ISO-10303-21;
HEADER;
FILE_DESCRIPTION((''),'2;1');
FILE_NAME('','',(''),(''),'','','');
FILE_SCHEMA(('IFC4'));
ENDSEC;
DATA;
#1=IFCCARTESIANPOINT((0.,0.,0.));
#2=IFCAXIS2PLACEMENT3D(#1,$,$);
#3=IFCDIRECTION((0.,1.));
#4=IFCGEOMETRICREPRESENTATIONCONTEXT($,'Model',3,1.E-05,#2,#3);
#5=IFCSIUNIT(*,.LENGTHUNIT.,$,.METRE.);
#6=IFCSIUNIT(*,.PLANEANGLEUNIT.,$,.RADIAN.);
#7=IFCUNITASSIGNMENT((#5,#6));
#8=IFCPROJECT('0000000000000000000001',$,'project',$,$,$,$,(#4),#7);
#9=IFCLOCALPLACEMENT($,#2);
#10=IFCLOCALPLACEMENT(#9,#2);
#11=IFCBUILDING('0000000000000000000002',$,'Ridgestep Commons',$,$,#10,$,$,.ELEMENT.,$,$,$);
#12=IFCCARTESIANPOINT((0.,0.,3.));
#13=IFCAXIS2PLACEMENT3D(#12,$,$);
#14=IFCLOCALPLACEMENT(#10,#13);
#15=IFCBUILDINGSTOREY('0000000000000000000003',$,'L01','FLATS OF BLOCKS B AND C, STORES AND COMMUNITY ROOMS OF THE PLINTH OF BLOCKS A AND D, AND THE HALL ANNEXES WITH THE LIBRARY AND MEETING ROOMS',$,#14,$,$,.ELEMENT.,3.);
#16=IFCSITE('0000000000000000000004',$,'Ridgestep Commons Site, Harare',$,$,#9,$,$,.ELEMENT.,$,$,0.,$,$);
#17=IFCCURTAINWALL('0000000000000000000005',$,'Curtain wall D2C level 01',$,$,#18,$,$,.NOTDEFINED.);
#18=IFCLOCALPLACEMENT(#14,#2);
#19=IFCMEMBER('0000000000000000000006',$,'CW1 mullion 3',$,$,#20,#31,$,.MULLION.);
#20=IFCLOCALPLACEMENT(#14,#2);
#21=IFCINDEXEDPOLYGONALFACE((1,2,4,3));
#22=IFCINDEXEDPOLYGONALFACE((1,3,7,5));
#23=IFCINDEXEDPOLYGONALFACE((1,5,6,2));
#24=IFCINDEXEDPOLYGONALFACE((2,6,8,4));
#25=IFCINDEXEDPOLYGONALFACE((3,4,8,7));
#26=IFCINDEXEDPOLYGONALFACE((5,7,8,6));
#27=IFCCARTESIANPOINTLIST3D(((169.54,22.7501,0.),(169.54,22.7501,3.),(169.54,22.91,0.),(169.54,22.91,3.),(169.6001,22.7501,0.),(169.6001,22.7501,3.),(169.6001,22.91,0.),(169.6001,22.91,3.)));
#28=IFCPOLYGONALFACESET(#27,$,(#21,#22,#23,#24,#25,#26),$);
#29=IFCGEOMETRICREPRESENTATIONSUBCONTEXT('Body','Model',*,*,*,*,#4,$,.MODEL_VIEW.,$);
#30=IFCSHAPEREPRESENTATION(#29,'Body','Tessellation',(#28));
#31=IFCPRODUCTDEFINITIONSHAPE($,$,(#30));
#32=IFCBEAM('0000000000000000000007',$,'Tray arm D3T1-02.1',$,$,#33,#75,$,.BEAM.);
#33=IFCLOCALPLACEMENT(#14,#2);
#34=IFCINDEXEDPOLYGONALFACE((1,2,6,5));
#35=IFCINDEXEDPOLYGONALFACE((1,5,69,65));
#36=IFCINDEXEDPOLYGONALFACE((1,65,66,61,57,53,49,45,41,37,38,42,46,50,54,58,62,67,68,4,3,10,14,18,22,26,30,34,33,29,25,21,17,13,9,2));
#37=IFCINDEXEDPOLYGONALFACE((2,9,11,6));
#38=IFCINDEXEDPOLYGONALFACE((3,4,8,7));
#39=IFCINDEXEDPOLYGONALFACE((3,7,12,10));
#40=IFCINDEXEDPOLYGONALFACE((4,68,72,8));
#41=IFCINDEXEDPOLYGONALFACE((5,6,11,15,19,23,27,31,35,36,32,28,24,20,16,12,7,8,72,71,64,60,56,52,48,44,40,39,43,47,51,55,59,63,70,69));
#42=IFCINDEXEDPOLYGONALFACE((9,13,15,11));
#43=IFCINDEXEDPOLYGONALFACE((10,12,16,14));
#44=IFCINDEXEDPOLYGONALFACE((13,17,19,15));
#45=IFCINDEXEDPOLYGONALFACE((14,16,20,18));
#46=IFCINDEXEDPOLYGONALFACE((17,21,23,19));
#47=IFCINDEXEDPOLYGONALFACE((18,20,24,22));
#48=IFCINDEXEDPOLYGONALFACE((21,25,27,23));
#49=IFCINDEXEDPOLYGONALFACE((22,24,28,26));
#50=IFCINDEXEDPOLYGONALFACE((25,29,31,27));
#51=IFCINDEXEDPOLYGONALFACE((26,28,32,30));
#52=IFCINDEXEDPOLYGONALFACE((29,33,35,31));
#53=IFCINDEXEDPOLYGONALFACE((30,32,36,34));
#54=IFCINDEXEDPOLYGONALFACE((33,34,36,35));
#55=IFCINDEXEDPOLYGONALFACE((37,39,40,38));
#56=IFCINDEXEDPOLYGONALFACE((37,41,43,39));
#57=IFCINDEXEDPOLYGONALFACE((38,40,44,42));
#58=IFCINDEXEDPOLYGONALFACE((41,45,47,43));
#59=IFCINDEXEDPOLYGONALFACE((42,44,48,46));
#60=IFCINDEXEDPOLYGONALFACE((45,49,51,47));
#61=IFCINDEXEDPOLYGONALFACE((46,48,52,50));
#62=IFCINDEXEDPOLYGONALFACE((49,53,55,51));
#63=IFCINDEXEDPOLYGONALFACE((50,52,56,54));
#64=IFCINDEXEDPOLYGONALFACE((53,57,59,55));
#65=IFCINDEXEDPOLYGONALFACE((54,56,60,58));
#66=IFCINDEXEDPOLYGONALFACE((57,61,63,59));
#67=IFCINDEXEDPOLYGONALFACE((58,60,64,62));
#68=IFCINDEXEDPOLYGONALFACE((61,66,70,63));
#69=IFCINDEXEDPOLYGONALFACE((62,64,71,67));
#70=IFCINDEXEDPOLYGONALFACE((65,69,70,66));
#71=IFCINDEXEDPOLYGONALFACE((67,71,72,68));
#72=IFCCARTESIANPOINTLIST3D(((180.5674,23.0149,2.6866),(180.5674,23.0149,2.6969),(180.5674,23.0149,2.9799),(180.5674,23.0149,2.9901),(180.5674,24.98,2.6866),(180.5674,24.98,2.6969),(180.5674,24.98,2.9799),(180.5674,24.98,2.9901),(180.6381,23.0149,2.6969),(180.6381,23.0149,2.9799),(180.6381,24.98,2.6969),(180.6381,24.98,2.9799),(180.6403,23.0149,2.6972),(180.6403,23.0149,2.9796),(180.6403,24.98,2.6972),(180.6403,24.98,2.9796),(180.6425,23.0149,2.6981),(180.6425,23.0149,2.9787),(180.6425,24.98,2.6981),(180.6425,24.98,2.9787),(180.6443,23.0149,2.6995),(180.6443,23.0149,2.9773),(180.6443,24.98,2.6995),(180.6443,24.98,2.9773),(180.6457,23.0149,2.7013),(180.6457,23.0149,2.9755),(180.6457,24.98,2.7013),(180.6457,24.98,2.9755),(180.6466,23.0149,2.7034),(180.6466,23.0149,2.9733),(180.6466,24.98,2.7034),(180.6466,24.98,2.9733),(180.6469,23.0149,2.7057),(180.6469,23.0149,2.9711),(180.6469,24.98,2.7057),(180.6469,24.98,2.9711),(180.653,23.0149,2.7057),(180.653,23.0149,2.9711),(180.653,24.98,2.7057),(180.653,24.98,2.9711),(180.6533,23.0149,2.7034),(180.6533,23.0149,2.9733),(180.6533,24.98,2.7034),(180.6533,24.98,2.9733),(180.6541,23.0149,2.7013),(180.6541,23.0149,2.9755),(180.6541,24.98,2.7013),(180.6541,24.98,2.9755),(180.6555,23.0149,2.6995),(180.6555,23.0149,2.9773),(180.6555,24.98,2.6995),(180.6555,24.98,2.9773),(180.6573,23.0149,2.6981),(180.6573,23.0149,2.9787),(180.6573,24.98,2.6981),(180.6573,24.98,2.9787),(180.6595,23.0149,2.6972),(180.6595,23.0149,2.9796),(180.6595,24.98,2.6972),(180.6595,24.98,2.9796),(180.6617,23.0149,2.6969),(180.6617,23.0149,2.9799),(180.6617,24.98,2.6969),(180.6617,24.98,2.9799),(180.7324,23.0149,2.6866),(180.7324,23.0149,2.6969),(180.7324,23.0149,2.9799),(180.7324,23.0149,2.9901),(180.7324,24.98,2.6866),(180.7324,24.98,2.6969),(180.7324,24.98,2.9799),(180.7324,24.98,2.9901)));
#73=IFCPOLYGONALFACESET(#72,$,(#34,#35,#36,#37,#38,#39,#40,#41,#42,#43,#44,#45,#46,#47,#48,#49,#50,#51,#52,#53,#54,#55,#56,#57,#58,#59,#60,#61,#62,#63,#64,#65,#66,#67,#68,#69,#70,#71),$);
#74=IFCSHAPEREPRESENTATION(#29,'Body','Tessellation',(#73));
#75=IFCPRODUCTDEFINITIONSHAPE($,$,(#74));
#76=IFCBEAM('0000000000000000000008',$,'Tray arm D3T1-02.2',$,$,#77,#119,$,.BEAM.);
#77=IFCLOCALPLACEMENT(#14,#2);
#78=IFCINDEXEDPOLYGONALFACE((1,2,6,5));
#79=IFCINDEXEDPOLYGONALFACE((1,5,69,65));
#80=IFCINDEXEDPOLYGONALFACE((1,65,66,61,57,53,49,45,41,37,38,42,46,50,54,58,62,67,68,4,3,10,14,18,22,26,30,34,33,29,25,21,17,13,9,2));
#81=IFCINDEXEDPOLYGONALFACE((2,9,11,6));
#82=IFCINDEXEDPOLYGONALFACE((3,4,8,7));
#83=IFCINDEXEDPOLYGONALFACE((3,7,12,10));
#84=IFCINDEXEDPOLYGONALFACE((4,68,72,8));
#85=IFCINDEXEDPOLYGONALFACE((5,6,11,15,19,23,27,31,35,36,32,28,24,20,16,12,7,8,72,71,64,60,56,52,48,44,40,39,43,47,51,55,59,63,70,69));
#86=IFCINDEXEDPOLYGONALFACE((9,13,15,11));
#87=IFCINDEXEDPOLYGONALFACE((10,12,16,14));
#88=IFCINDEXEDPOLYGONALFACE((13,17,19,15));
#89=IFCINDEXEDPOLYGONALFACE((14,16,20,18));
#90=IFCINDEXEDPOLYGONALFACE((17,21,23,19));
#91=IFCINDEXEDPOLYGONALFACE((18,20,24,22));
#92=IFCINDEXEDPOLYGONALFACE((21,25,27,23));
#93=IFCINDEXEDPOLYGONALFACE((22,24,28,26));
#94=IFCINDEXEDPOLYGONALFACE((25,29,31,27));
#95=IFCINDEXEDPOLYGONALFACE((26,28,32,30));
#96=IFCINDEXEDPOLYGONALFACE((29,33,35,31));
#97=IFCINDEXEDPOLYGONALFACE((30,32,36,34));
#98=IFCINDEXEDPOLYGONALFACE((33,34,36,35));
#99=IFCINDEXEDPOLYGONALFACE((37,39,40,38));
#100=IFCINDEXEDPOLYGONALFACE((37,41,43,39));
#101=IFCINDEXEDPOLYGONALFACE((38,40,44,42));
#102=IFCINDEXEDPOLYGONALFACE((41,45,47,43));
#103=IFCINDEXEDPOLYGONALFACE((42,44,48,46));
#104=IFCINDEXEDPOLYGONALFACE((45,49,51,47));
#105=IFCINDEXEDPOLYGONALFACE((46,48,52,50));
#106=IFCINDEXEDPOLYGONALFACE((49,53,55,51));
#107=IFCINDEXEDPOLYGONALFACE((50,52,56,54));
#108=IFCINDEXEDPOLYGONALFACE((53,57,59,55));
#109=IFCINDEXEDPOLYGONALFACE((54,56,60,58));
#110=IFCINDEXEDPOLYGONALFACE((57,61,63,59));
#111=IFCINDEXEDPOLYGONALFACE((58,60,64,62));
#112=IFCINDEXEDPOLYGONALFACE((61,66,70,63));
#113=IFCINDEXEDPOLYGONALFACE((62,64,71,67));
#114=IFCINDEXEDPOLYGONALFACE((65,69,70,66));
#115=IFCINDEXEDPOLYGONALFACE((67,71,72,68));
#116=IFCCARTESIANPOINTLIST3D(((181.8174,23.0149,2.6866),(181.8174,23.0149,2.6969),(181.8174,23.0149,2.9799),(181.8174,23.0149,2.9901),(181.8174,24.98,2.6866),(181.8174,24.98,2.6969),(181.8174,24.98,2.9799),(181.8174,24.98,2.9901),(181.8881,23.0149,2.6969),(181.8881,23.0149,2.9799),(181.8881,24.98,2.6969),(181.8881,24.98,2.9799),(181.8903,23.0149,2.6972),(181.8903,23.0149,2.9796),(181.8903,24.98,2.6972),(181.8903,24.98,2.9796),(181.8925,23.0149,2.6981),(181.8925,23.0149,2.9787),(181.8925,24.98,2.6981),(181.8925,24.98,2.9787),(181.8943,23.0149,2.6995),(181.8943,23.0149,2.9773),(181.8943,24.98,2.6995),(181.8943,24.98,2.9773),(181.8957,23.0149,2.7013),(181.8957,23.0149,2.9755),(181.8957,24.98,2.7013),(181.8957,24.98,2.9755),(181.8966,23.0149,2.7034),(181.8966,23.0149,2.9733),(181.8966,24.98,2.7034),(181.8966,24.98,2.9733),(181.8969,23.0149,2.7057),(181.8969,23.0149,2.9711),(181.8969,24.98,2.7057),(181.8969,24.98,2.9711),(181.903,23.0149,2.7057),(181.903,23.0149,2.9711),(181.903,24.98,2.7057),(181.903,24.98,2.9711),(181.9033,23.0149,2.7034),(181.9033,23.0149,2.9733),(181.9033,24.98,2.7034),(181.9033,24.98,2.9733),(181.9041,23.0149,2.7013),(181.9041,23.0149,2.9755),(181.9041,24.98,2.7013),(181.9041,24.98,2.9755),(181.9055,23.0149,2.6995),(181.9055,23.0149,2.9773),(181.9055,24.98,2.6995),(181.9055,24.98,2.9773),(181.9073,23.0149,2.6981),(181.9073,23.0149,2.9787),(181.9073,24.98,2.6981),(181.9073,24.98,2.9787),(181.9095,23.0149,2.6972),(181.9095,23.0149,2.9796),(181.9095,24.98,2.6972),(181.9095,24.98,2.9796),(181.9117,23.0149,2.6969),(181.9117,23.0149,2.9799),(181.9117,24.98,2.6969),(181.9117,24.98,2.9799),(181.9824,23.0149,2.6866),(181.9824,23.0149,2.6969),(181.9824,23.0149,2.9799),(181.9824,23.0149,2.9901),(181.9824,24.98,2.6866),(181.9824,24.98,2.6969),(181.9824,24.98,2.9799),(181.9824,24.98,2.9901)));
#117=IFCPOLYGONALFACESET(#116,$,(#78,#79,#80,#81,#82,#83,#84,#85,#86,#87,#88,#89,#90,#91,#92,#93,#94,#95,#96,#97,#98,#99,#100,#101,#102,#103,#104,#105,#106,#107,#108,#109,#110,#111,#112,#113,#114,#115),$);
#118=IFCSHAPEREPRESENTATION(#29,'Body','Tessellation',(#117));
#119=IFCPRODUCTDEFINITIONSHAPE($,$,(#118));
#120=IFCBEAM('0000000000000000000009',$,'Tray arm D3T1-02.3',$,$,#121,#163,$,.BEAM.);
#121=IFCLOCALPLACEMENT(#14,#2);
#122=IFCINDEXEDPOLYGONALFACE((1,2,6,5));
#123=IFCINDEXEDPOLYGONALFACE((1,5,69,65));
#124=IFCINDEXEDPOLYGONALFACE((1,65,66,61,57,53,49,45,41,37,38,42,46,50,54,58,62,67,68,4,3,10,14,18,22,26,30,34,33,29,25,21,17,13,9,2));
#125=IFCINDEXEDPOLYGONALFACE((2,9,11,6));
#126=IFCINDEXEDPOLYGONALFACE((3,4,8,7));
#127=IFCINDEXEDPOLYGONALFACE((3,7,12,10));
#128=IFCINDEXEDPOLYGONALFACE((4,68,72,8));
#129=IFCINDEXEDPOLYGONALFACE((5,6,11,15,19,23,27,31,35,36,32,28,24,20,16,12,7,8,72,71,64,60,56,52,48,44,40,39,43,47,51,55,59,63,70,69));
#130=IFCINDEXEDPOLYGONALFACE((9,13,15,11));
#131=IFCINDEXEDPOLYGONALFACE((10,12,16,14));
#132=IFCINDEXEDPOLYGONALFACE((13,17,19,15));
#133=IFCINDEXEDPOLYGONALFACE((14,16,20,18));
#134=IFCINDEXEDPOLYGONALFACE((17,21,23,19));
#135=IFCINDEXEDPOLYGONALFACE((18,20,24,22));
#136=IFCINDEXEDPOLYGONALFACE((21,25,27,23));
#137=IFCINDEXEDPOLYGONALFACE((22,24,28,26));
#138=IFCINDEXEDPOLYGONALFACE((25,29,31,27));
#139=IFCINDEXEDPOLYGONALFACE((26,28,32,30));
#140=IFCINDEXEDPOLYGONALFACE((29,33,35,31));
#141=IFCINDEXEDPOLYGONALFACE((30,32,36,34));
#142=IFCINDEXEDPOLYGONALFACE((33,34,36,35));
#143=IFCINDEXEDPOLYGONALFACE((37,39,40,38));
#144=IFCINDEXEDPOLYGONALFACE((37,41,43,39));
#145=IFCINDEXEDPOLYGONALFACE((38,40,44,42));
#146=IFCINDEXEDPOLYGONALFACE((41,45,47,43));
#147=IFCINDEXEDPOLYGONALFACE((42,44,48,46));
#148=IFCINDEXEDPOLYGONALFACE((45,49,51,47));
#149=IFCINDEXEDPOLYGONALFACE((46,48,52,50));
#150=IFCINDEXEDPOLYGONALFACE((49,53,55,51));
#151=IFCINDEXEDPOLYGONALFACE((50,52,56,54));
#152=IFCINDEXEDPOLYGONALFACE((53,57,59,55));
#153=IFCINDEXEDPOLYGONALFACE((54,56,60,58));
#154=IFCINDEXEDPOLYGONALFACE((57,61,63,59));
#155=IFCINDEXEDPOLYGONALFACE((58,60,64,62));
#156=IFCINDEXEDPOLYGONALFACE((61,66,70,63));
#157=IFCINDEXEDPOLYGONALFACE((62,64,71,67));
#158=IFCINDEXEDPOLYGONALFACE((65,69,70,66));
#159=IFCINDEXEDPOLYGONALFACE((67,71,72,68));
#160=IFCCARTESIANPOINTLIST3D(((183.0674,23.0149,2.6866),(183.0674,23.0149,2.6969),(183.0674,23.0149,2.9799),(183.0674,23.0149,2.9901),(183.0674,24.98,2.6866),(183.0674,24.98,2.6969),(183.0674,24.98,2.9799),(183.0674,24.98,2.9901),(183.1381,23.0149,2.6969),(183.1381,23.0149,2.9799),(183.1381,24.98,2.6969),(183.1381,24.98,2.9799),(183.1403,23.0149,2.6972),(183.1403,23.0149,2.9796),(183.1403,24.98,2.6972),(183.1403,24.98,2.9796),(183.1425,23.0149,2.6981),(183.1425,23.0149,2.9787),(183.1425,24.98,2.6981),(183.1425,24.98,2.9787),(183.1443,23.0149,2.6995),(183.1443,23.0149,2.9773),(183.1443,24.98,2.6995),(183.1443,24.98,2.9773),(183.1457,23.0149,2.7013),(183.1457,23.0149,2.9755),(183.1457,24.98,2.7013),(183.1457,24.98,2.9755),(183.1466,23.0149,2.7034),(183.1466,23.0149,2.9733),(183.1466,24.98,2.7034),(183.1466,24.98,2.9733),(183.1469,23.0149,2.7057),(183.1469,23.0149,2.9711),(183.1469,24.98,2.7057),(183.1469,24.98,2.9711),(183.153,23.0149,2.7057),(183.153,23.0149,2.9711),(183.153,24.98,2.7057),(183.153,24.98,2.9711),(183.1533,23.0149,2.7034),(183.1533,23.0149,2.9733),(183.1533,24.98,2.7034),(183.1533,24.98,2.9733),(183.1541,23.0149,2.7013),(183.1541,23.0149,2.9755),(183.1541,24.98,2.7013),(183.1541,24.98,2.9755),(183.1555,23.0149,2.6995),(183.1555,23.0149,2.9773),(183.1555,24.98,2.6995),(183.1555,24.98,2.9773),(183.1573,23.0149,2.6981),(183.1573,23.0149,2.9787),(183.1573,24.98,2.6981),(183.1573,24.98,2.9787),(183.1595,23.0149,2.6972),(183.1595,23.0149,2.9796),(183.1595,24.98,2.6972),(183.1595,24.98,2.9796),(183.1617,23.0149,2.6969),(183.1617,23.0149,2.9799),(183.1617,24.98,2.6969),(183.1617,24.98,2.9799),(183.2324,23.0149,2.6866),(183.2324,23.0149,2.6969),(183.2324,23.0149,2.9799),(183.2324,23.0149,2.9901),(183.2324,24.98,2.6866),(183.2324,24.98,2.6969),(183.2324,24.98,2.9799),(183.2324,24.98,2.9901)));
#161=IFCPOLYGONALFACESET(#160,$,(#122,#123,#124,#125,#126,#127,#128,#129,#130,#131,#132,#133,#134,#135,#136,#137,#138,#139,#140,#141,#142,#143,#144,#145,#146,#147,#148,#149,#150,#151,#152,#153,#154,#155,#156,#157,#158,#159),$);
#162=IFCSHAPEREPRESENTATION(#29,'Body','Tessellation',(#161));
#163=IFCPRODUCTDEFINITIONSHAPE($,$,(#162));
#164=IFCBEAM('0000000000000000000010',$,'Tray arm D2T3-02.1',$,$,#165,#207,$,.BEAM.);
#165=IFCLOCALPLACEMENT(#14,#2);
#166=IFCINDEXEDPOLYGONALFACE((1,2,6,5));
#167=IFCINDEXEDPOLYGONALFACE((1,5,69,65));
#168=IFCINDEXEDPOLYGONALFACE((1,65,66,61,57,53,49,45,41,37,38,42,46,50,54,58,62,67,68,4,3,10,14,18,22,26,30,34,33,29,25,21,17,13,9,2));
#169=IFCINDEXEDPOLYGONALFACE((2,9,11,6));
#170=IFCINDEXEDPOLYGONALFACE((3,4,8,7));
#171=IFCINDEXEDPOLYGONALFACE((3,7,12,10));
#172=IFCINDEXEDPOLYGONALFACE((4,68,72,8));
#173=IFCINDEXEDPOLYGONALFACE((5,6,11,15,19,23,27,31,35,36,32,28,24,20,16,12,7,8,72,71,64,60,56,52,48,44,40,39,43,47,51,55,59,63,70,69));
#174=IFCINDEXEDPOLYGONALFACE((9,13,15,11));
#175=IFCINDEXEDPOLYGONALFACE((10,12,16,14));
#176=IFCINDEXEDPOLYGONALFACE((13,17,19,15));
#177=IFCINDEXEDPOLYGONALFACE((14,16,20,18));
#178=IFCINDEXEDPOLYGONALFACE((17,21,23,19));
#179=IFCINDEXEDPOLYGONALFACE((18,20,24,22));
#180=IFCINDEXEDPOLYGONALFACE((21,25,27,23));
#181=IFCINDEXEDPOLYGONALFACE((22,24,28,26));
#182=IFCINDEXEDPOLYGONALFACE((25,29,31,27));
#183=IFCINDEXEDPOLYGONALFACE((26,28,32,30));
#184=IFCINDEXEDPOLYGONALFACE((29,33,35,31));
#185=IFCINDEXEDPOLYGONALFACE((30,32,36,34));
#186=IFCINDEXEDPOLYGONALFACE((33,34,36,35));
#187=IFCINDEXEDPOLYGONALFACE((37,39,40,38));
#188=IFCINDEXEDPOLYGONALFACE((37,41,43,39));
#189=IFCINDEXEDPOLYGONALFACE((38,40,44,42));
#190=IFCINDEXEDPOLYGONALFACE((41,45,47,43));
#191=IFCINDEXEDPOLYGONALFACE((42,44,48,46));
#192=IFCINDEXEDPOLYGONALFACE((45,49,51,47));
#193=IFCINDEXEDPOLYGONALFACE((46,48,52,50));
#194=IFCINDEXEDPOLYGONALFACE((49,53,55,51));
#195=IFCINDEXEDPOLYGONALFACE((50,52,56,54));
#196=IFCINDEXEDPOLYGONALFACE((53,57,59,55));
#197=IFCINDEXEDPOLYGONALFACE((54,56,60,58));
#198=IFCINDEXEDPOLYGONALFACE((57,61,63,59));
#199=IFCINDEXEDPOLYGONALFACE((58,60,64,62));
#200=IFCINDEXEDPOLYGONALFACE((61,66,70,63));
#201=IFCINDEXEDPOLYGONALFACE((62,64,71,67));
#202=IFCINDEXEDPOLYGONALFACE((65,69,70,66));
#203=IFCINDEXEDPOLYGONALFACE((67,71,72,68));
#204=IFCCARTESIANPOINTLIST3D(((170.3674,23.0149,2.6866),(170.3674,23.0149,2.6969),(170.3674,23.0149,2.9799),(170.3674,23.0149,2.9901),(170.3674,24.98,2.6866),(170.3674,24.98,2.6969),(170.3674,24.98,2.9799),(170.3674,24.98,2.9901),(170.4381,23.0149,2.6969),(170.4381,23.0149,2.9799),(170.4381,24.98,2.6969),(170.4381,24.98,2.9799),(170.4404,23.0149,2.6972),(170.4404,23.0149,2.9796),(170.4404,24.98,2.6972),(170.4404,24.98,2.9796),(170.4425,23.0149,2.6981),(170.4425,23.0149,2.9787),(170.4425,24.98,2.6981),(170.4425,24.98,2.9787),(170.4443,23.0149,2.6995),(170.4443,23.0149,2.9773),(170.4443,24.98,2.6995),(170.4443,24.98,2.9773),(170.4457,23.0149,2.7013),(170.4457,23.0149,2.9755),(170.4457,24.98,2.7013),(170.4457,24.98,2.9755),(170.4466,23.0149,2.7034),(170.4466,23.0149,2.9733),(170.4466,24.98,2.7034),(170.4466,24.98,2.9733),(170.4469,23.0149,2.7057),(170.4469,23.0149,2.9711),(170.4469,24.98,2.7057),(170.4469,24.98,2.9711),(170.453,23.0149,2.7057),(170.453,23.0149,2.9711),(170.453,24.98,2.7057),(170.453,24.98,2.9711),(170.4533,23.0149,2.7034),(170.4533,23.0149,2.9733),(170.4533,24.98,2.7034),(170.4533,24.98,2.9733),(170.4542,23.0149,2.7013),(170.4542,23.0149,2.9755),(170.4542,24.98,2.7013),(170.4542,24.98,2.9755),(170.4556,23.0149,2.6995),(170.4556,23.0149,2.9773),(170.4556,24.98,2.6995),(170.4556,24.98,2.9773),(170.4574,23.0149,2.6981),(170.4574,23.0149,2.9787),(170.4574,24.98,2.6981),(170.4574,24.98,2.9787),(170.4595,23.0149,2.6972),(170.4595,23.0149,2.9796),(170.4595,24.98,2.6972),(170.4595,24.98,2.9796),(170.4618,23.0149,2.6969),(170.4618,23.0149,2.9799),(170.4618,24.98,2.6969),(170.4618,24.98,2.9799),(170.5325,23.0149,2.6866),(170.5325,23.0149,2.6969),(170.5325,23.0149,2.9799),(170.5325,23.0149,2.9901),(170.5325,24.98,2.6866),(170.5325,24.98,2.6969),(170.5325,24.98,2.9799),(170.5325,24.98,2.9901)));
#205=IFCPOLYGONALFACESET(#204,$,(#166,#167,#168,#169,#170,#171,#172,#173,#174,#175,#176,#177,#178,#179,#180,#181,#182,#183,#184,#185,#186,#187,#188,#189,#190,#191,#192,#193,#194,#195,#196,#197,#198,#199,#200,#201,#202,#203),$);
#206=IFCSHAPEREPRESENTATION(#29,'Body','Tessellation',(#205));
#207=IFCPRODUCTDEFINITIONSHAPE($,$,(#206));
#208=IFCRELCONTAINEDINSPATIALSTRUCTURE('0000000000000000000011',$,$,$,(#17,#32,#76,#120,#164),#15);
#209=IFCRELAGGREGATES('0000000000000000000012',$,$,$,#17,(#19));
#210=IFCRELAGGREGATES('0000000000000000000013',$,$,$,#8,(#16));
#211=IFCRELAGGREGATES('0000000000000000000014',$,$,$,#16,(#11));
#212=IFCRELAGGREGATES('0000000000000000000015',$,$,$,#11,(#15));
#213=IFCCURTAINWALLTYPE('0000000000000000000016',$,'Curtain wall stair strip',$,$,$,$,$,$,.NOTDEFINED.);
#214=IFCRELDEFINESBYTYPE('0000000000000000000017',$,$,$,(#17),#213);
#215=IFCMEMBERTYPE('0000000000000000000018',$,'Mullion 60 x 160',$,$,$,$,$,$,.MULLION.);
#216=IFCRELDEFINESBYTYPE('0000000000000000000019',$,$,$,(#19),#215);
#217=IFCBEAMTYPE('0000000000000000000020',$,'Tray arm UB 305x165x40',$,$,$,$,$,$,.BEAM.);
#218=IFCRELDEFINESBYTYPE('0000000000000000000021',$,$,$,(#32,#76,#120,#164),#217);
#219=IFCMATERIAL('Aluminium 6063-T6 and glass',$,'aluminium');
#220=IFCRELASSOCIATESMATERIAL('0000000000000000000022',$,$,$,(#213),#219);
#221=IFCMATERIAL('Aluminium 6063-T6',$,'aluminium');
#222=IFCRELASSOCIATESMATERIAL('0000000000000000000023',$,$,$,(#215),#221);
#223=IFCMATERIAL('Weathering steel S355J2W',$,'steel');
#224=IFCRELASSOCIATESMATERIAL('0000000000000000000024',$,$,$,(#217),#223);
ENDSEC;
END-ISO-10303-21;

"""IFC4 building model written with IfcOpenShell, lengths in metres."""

from ifc_helpers import new_model, si_unit, direction, frame, origin, origin_2d, place, context, subcontext, project, spatial, rectangle, i_section, extrude, material, material_profile, profile_set, type_object, element, aggregate, save


model = new_model("IFC4")

# Units and contexts
model_context = context("Model", 3, precision=1e-05, world=origin(), true_north=direction((0.0, 1.0)))
body_context = subcontext(model_context, "Body", "Model", "MODEL_VIEW")
ifc_project = project(units=[si_unit("LENGTHUNIT", "METRE"), si_unit("PLANEANGLEUNIT", "RADIAN")], contexts=[model_context])

# Site, building, storey
site_placement = place(None, origin())
site = spatial("IfcSite", under=ifc_project, at=site_placement, Name="Ridgestep Commons Site, Harare", CompositionType="ELEMENT", RefElevation=0.0)
building_placement = place(site_placement, origin())
building = spatial("IfcBuilding", under=site, at=building_placement, Name="Ridgestep Commons", CompositionType="ELEMENT")
storey_placement = place(building_placement, frame((0.0, 0.0, 3.0)))
storey = spatial("IfcBuildingStorey", under=building, at=storey_placement, Name="L01", Description="FLATS OF BLOCKS B AND C, STORES AND COMMUNITY ROOMS OF THE PLINTH OF BLOCKS A AND D, AND THE HALL ANNEXES WITH THE LIBRARY AND MEETING ROOMS", CompositionType="ELEMENT", Elevation=3.0)

# Curtain wall, member
ifc_material_1 = material(Name="Aluminium 6063-T6 and glass", Category="aluminium")
curtain_wall_type = type_object("IfcCurtainWallType", Name="Curtain wall stair strip", PredefinedType="NOTDEFINED", material=ifc_material_1)
curtain_wall_placement = place(storey_placement, origin())
curtain_wall = element("IfcCurtainWall", 1, at=curtain_wall_placement, inside=storey, type_object=curtain_wall_type, Name="Curtain wall D2C level 01", PredefinedType="NOTDEFINED")
ifc_material_2 = material(Name="Aluminium 6063-T6", Category="aluminium")
ifc_material_profile_1 = material_profile(ifc_material_2, rectangle(XDim=0.1599, YDim=0.0601, at=origin_2d()), Name="Mullion 60 x 160")
ifc_profile_set_1 = profile_set([ifc_material_profile_1], Name="Aluminium 6063-T6")
member_type = type_object("IfcMemberType", Name="Mullion 60 x 160", PredefinedType="MULLION", material=ifc_profile_set_1)
member_placement = place(storey_placement, frame((169.5701, 22.8301, 0.0), z_axis=(0.0, 0.0, 1.0), x_axis=(0.0, 1.0, 0.0)))
member = element("IfcMember", 2, at=member_placement, type_object=member_type, Name="CW1 mullion 3", PredefinedType="MULLION", context=body_context, shape_type="SweptSolid", body=[
    extrude(rectangle(XDim=0.1599, YDim=0.0601, at=origin_2d()), origin(), (0.0, 0.0, 1.0), 3.0),
])

# Beams
ifc_material_3 = material(Name="Weathering steel S355J2W", Category="steel")
ifc_material_profile_2 = material_profile(ifc_material_3, i_section(OverallWidth=0.165, OverallDepth=0.3035, WebThickness=0.0061, FlangeThickness=0.0103, FilletRadius=0.0088, at=origin_2d()), Name="UB 305x165x40")
ifc_profile_set_2 = profile_set([ifc_material_profile_2], Name="Weathering steel S355J2W")
beam_type = type_object("IfcBeamType", Name="Tray arm UB 305x165x40", PredefinedType="BEAM", material=ifc_profile_set_2)
for number, where, z_axis, x_axis, name in (
    (3, (180.6499, 23.0149, 2.8384), (0.0, 1.0, 0.0), (-1.0, 0.0, 0.0), "Tray arm D3T1-02.1"),
    (4, (181.8999, 23.0149, 2.8384), (0.0, 1.0, 0.0), (-1.0, 0.0, 0.0), "Tray arm D3T1-02.2"),
    (5, (183.1499, 23.0149, 2.8384), (0.0, 1.0, 0.0), (-1.0, 0.0, 0.0), "Tray arm D3T1-02.3"),
    (6, (170.45, 23.0149, 2.8384), (0.0, 1.0, 0.0), (-1.0, 0.0, 0.0), "Tray arm D2T3-02.1"),
):
    element("IfcBeam", number, at=place(storey_placement, frame(where, z_axis=z_axis, x_axis=x_axis)), inside=storey, type_object=beam_type, Name=name, PredefinedType="BEAM", context=body_context, shape_type="SweptSolid", body=[
        extrude(i_section(OverallWidth=0.165, OverallDepth=0.3035, WebThickness=0.0061, FlangeThickness=0.0103, FilletRadius=0.0088, at=origin_2d()), origin(), (0.0, 0.0, 1.0), 1.9651),
    ])

aggregate(curtain_wall, [member])

save(model, "model.ifc")
